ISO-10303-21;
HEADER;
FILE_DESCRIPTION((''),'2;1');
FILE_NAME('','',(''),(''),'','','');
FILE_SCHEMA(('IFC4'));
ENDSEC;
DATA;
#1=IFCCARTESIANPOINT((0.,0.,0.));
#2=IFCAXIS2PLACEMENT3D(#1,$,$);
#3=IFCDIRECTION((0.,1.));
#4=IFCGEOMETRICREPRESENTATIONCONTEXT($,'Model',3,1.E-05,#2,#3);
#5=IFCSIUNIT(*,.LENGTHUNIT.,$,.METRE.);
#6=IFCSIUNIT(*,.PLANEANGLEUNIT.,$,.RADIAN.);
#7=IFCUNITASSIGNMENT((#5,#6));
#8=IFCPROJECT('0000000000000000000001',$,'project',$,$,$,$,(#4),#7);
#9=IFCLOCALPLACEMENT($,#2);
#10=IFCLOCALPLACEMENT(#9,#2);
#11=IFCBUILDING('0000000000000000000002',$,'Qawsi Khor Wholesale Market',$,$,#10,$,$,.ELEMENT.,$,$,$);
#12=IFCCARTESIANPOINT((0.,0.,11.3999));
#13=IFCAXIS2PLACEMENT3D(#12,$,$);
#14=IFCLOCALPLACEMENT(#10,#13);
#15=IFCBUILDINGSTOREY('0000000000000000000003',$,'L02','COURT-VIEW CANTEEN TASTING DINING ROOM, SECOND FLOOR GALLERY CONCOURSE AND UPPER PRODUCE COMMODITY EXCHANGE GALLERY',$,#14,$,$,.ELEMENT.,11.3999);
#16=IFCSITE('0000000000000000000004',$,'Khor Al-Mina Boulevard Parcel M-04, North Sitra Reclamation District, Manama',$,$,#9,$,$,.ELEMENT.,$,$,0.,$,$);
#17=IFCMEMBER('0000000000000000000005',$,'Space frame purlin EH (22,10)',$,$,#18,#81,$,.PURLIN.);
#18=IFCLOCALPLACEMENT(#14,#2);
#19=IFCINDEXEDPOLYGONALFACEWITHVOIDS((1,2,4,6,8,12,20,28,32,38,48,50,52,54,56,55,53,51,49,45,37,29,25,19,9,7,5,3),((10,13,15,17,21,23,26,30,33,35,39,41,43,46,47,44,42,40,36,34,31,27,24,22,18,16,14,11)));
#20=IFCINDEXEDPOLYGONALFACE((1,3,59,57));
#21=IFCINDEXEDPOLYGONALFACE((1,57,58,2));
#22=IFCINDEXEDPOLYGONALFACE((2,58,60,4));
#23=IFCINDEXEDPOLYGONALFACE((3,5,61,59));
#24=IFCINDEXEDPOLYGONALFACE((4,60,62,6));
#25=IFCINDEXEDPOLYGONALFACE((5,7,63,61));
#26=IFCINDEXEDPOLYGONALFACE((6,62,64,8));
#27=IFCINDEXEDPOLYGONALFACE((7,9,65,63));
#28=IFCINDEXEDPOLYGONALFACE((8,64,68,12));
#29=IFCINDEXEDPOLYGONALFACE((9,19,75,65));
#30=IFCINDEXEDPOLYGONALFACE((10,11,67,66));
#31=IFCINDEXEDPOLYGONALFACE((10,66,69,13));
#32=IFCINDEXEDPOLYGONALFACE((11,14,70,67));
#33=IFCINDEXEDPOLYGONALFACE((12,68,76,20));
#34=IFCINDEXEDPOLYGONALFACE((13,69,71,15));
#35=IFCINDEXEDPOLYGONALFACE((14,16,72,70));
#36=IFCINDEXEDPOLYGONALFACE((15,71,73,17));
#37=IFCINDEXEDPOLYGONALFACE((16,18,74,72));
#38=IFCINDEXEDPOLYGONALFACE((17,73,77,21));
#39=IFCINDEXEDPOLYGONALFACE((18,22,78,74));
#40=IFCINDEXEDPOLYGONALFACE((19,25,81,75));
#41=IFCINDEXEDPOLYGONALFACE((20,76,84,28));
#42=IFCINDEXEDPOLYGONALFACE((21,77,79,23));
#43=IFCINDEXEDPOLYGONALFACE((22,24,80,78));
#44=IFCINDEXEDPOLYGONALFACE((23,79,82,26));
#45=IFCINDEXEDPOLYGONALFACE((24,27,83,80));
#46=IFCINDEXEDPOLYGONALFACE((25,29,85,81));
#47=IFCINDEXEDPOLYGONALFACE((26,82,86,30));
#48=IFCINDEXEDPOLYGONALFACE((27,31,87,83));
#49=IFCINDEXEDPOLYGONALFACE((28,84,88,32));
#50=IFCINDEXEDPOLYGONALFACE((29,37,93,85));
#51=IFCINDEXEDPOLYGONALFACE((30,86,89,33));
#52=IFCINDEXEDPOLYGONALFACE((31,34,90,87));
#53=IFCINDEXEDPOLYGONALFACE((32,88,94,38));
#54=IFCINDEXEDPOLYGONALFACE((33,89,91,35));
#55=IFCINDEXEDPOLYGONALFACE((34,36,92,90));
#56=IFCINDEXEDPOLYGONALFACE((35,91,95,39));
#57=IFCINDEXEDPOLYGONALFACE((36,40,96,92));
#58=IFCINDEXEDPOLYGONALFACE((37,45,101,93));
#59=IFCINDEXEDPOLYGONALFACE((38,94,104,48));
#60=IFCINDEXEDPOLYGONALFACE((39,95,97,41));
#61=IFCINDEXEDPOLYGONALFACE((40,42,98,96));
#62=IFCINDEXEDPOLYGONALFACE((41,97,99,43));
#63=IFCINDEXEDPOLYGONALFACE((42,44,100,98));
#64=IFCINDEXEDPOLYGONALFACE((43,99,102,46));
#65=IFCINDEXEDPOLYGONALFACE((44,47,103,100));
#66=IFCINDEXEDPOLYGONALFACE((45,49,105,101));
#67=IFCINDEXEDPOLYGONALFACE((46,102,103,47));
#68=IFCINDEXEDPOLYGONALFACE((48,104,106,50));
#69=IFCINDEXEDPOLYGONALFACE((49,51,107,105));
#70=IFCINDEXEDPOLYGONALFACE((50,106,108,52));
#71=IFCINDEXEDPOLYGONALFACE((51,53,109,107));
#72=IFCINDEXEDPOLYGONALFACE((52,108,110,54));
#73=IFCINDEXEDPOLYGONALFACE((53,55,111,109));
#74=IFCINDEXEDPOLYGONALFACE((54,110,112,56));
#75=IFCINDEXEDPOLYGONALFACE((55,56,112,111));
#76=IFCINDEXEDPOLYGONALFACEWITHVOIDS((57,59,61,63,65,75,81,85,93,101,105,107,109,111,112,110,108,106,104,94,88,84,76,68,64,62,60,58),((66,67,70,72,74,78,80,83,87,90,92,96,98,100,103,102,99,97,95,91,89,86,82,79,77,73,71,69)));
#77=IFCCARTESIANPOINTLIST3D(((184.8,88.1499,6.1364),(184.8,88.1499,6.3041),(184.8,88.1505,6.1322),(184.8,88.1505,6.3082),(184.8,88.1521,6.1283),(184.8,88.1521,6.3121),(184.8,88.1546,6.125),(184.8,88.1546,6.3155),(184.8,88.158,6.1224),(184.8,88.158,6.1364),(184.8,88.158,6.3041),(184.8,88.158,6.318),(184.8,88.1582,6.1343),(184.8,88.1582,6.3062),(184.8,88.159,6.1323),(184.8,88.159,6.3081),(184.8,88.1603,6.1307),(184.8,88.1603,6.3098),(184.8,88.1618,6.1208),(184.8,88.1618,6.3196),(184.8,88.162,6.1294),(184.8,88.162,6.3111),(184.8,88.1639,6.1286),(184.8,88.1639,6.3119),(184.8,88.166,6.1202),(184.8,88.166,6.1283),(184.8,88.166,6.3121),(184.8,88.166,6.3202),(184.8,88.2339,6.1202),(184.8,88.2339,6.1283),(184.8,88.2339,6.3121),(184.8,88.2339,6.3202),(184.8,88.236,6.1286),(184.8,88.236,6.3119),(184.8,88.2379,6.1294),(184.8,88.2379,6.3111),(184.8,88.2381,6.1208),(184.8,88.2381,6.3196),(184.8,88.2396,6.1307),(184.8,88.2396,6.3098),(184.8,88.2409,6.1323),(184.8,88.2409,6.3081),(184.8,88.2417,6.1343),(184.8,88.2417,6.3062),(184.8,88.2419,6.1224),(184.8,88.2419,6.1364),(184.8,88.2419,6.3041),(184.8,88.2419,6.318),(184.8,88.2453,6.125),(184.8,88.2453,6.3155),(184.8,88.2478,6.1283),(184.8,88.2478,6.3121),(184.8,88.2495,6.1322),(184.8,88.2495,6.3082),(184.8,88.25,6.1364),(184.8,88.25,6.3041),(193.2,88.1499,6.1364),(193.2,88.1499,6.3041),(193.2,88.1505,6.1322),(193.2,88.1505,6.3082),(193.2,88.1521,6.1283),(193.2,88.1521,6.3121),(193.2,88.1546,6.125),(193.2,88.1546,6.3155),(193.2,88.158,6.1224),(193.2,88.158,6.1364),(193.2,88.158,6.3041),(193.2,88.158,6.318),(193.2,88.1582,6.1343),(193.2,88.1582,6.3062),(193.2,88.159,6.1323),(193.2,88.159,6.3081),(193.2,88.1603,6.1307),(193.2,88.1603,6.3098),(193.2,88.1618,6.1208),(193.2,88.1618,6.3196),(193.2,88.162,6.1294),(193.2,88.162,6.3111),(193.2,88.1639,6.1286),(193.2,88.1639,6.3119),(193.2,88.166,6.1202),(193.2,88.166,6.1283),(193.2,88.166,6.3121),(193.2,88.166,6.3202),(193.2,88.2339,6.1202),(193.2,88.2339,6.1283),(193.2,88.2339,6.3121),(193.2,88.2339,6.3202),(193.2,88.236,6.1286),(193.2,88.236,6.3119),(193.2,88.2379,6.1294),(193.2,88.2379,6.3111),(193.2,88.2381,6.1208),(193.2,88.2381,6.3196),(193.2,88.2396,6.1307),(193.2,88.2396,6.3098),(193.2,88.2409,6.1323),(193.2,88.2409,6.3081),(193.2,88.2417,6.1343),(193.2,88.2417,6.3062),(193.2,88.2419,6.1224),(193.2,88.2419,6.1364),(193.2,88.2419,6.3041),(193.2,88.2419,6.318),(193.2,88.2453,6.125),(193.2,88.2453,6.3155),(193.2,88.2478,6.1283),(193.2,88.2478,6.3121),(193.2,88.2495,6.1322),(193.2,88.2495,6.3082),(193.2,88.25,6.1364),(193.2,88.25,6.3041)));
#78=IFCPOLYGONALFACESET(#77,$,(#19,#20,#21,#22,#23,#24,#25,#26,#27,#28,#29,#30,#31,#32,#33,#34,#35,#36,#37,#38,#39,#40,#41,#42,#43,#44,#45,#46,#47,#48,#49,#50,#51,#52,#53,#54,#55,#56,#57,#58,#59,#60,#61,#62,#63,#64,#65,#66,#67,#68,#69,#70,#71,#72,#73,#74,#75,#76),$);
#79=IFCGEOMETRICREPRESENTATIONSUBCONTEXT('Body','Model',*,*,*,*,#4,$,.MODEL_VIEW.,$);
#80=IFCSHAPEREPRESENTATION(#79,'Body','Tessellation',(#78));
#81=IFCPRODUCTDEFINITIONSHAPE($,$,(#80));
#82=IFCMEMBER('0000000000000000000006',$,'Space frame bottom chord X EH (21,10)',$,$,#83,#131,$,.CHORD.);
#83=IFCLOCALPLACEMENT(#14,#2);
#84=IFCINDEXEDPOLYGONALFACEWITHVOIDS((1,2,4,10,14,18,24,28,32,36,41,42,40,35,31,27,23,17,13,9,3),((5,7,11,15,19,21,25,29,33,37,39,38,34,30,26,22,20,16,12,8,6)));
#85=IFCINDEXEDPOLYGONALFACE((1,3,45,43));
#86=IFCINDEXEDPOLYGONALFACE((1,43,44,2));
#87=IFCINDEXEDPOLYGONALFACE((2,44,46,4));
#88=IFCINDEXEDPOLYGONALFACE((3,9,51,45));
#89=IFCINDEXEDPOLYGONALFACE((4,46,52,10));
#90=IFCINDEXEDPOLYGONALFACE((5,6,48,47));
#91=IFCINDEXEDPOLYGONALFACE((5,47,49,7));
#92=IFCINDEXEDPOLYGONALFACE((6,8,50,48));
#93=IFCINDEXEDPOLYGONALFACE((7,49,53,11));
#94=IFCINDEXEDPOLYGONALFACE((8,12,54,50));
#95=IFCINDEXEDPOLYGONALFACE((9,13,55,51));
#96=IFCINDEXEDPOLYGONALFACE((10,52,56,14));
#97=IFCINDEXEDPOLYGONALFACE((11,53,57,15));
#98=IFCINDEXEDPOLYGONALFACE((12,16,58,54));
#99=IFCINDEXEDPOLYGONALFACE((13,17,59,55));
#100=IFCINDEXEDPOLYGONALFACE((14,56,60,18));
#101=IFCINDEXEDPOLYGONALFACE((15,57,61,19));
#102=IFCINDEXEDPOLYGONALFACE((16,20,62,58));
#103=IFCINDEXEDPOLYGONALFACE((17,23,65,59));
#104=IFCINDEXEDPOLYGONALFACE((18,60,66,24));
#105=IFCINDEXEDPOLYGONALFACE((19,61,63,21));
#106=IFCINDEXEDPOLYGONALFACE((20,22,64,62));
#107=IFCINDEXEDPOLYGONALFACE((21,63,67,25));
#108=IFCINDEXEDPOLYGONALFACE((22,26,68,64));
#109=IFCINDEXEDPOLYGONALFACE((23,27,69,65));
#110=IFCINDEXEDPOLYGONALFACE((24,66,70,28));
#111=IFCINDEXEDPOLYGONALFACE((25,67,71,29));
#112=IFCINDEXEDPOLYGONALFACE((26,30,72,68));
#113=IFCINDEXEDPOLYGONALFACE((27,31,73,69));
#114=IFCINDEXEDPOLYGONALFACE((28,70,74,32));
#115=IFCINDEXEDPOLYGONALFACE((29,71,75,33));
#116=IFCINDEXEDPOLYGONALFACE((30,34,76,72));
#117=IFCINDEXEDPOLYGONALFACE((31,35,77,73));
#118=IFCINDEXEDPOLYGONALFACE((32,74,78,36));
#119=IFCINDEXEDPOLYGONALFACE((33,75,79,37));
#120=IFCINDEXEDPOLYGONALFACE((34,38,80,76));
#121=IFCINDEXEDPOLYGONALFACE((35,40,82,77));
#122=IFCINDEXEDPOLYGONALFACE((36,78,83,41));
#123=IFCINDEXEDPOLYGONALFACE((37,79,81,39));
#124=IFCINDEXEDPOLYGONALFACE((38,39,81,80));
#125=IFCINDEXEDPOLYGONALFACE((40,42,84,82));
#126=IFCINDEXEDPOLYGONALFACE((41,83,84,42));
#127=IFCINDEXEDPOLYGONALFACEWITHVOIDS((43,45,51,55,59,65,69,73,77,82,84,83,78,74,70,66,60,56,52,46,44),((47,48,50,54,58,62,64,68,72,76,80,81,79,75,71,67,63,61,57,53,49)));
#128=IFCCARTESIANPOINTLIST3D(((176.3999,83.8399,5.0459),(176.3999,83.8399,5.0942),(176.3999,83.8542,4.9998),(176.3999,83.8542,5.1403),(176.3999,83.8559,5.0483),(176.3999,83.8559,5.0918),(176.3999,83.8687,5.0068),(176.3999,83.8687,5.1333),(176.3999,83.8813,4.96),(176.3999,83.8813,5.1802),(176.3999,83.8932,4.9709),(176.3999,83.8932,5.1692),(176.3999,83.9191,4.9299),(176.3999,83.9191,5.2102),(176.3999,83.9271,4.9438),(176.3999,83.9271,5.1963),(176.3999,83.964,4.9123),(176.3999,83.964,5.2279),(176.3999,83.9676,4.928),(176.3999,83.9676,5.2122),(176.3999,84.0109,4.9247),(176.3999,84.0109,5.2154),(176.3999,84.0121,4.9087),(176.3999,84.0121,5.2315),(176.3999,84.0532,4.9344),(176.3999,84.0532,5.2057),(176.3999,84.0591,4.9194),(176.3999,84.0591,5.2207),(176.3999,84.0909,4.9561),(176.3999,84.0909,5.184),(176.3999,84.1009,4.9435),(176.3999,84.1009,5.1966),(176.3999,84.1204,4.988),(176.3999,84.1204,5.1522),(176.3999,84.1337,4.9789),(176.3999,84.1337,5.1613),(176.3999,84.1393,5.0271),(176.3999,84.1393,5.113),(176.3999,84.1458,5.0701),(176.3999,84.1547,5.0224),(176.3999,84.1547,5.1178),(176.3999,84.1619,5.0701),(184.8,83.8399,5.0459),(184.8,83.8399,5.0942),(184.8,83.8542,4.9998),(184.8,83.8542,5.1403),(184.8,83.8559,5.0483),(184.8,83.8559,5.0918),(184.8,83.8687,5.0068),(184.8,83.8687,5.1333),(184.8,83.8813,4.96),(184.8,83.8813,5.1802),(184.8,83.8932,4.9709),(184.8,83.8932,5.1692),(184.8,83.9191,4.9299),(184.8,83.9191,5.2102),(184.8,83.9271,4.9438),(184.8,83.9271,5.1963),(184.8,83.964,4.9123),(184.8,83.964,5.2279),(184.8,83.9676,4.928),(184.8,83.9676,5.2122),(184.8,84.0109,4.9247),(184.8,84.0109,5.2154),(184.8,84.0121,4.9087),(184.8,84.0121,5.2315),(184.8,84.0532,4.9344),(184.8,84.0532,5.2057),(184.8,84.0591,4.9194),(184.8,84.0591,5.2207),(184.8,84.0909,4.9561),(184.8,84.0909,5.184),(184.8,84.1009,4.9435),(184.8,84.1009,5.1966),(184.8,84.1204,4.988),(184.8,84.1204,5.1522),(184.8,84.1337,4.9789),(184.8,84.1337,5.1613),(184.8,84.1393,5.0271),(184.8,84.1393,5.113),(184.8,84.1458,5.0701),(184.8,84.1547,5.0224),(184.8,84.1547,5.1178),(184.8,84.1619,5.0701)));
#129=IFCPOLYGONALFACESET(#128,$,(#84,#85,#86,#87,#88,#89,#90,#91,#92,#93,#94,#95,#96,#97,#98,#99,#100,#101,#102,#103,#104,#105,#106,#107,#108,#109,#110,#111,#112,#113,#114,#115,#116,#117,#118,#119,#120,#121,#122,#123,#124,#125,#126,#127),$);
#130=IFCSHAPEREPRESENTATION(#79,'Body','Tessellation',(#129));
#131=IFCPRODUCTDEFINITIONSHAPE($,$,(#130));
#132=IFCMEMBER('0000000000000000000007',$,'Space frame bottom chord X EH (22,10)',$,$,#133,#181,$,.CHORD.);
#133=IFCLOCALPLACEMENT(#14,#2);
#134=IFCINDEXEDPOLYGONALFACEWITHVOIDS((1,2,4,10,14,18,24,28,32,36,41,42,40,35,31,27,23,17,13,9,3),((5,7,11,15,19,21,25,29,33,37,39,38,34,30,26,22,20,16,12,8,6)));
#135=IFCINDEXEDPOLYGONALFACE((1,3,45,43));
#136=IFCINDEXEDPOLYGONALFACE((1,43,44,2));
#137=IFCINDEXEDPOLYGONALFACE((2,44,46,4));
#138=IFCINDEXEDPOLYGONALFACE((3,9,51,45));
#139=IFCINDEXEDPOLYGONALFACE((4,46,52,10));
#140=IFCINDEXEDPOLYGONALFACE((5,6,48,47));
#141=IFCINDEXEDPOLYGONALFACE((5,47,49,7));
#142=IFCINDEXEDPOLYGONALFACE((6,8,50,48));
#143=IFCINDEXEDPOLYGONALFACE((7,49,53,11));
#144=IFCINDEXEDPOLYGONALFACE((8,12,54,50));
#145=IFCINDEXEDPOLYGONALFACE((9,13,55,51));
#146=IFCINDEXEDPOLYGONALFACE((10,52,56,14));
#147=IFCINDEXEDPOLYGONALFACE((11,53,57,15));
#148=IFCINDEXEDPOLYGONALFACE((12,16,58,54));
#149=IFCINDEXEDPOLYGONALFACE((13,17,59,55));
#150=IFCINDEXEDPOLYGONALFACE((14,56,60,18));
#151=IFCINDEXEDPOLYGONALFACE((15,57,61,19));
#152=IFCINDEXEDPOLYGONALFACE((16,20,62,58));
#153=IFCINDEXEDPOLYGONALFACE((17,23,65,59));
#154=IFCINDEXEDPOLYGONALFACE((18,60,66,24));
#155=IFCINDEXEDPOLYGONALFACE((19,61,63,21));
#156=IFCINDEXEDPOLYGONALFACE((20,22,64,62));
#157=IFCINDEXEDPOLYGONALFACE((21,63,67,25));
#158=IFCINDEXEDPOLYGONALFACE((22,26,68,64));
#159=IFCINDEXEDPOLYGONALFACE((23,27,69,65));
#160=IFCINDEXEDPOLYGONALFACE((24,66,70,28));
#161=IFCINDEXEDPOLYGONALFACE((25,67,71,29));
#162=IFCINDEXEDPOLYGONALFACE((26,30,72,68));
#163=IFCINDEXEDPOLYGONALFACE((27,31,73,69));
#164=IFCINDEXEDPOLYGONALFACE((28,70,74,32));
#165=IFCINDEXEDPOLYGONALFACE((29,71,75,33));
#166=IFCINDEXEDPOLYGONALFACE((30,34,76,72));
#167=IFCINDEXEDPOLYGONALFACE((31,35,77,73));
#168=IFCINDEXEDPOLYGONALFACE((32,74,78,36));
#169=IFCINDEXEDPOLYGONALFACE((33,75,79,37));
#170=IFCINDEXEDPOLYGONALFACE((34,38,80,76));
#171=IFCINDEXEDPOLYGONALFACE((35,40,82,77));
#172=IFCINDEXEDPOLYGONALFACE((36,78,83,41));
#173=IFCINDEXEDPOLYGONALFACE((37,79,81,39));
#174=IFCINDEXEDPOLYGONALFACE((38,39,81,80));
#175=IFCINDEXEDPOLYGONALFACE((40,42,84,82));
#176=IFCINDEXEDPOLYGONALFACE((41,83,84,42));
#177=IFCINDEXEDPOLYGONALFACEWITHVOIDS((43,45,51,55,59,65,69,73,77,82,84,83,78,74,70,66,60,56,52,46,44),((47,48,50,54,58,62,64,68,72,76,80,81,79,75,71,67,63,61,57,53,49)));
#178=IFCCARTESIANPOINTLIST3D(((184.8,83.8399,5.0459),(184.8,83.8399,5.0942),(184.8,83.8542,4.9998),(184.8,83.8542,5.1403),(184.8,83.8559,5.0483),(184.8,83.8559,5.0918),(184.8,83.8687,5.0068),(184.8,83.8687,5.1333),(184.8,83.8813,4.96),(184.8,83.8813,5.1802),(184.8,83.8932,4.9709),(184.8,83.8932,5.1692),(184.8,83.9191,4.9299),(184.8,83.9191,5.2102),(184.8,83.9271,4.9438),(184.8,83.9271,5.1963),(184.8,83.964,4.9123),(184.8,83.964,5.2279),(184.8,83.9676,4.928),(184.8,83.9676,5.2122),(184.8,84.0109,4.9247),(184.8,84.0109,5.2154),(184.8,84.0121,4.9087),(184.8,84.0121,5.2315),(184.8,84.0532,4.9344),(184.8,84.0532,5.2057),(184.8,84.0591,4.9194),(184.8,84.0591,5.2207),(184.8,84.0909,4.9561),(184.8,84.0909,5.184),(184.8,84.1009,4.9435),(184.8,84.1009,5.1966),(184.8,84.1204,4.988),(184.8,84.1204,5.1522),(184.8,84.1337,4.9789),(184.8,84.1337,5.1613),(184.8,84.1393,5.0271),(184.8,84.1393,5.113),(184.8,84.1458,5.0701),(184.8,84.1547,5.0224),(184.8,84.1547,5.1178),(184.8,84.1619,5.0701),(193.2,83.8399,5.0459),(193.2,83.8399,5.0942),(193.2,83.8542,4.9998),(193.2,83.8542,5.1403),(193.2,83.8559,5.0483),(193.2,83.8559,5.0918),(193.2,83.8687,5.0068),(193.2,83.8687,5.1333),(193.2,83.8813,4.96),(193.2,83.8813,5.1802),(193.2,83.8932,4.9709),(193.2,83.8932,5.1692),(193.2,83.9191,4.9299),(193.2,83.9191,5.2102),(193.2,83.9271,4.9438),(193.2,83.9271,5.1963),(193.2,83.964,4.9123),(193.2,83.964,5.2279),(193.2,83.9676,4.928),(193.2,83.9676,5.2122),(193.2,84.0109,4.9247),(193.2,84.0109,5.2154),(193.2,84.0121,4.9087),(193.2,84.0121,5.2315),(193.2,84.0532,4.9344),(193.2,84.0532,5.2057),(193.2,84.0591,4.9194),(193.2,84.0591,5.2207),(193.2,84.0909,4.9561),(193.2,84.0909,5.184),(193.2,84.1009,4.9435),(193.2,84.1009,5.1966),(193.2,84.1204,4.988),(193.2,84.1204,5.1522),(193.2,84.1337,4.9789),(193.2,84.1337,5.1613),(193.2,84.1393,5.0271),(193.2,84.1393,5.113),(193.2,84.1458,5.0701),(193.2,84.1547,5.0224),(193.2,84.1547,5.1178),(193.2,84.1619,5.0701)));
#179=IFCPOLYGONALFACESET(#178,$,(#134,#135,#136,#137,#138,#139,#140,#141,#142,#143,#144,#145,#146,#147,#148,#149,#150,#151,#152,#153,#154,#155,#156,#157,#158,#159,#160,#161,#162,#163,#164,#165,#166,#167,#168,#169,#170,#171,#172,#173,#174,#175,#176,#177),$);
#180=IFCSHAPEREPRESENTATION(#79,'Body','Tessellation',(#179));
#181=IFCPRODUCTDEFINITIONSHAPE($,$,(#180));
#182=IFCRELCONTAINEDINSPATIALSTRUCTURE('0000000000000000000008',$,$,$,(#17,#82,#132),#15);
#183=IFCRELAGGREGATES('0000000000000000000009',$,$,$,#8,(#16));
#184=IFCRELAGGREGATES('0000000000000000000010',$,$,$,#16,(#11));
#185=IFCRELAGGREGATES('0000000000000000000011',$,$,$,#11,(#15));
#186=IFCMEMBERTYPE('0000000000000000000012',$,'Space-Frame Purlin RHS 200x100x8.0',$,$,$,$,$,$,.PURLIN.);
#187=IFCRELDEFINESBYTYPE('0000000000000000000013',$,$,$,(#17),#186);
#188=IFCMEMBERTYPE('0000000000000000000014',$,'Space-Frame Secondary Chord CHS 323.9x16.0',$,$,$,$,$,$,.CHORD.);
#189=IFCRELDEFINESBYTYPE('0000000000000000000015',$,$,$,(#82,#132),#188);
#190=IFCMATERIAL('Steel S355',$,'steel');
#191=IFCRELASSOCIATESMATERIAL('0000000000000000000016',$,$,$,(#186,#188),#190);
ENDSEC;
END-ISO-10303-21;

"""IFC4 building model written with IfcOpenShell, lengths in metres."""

from ifc_helpers import new_model, si_unit, direction, frame, origin, origin_2d, place, context, subcontext, project, spatial, hollow_rectangle, hollow_circle, extrude, material, material_profile, profile_set, type_object, element, save


model = new_model("IFC4")

# Units and contexts
model_context = context("Model", 3, precision=1e-05, world=origin(), true_north=direction((0.0, 1.0)))
body_context = subcontext(model_context, "Body", "Model", "MODEL_VIEW")
ifc_project = project(units=[si_unit("LENGTHUNIT", "METRE"), si_unit("PLANEANGLEUNIT", "RADIAN")], contexts=[model_context])

# Site, building, storey
site_placement = place(None, origin())
site = spatial("IfcSite", under=ifc_project, at=site_placement, Name="Khor Al-Mina Boulevard Parcel M-04, North Sitra Reclamation District, Manama", CompositionType="ELEMENT", RefElevation=0.0)
building_placement = place(site_placement, origin())
building = spatial("IfcBuilding", under=site, at=building_placement, Name="Qawsi Khor Wholesale Market", CompositionType="ELEMENT")
storey_placement = place(building_placement, frame((0.0, 0.0, 11.3999)))
storey = spatial("IfcBuildingStorey", under=building, at=storey_placement, Name="L02", Description="COURT-VIEW CANTEEN TASTING DINING ROOM, SECOND FLOOR GALLERY CONCOURSE AND UPPER PRODUCE COMMODITY EXCHANGE GALLERY", CompositionType="ELEMENT", Elevation=11.3999)

# Members
ifc_material_1 = material(Name="Steel S355", Category="steel")
ifc_material_profile_1 = material_profile(ifc_material_1, hollow_rectangle(XDim=0.1001, YDim=0.2, WallThickness=0.0081, InnerFilletRadius=0.0081, OuterFilletRadius=0.0161, at=origin_2d()), Name="RHS 200x100x8.0")
ifc_profile_set_1 = profile_set([ifc_material_profile_1], Name="Steel S355")
member_type_1 = type_object("IfcMemberType", Name="Space-Frame Purlin RHS 200x100x8.0", PredefinedType="PURLIN", material=ifc_profile_set_1)
member_1_placement = place(storey_placement, frame((184.8, 88.2, 6.2202), z_axis=(1.0, 0.0, 0.0), x_axis=(0.0, 1.0, 0.0)))
element("IfcMember", 1, at=member_1_placement, inside=storey, type_object=member_type_1, Name="Space frame purlin EH (22,10)", PredefinedType="PURLIN", context=body_context, shape_type="SweptSolid", body=[
    extrude(hollow_rectangle(XDim=0.1001, YDim=0.2, WallThickness=0.0081, InnerFilletRadius=0.0081, OuterFilletRadius=0.0161, at=origin_2d()), origin(), (0.0, 0.0, 1.0), 8.3999),
])
ifc_material_profile_2 = material_profile(ifc_material_1, hollow_circle(Radius=0.1619, WallThickness=0.0161, at=origin_2d()), Name="CHS 323.9x16.0")
ifc_profile_set_2 = profile_set([ifc_material_profile_2], Name="Steel S355")
member_type_2 = type_object("IfcMemberType", Name="Space-Frame Secondary Chord CHS 323.9x16.0", PredefinedType="CHORD", material=ifc_profile_set_2)
member_2_placement = place(storey_placement, frame((176.3999, 84.0, 5.0701), z_axis=(1.0, 0.0, 0.0), x_axis=(0.0, 1.0, 0.0)))
element("IfcMember", 2, at=member_2_placement, inside=storey, type_object=member_type_2, Name="Space frame bottom chord X EH (21,10)", PredefinedType="CHORD", context=body_context, shape_type="SweptSolid", body=[
    extrude(hollow_circle(Radius=0.1619, WallThickness=0.0161, at=origin_2d()), origin(), (0.0, 0.0, 1.0), 8.4001),
])
member_3_placement = place(storey_placement, frame((184.8, 84.0, 5.0701), z_axis=(1.0, 0.0, 0.0), x_axis=(0.0, 1.0, 0.0)))
element("IfcMember", 3, at=member_3_placement, inside=storey, type_object=member_type_2, Name="Space frame bottom chord X EH (22,10)", PredefinedType="CHORD", context=body_context, shape_type="SweptSolid", body=[
    extrude(hollow_circle(Radius=0.1619, WallThickness=0.0161, at=origin_2d()), origin(), (0.0, 0.0, 1.0), 8.3999),
])

save(model, "model.ifc")
